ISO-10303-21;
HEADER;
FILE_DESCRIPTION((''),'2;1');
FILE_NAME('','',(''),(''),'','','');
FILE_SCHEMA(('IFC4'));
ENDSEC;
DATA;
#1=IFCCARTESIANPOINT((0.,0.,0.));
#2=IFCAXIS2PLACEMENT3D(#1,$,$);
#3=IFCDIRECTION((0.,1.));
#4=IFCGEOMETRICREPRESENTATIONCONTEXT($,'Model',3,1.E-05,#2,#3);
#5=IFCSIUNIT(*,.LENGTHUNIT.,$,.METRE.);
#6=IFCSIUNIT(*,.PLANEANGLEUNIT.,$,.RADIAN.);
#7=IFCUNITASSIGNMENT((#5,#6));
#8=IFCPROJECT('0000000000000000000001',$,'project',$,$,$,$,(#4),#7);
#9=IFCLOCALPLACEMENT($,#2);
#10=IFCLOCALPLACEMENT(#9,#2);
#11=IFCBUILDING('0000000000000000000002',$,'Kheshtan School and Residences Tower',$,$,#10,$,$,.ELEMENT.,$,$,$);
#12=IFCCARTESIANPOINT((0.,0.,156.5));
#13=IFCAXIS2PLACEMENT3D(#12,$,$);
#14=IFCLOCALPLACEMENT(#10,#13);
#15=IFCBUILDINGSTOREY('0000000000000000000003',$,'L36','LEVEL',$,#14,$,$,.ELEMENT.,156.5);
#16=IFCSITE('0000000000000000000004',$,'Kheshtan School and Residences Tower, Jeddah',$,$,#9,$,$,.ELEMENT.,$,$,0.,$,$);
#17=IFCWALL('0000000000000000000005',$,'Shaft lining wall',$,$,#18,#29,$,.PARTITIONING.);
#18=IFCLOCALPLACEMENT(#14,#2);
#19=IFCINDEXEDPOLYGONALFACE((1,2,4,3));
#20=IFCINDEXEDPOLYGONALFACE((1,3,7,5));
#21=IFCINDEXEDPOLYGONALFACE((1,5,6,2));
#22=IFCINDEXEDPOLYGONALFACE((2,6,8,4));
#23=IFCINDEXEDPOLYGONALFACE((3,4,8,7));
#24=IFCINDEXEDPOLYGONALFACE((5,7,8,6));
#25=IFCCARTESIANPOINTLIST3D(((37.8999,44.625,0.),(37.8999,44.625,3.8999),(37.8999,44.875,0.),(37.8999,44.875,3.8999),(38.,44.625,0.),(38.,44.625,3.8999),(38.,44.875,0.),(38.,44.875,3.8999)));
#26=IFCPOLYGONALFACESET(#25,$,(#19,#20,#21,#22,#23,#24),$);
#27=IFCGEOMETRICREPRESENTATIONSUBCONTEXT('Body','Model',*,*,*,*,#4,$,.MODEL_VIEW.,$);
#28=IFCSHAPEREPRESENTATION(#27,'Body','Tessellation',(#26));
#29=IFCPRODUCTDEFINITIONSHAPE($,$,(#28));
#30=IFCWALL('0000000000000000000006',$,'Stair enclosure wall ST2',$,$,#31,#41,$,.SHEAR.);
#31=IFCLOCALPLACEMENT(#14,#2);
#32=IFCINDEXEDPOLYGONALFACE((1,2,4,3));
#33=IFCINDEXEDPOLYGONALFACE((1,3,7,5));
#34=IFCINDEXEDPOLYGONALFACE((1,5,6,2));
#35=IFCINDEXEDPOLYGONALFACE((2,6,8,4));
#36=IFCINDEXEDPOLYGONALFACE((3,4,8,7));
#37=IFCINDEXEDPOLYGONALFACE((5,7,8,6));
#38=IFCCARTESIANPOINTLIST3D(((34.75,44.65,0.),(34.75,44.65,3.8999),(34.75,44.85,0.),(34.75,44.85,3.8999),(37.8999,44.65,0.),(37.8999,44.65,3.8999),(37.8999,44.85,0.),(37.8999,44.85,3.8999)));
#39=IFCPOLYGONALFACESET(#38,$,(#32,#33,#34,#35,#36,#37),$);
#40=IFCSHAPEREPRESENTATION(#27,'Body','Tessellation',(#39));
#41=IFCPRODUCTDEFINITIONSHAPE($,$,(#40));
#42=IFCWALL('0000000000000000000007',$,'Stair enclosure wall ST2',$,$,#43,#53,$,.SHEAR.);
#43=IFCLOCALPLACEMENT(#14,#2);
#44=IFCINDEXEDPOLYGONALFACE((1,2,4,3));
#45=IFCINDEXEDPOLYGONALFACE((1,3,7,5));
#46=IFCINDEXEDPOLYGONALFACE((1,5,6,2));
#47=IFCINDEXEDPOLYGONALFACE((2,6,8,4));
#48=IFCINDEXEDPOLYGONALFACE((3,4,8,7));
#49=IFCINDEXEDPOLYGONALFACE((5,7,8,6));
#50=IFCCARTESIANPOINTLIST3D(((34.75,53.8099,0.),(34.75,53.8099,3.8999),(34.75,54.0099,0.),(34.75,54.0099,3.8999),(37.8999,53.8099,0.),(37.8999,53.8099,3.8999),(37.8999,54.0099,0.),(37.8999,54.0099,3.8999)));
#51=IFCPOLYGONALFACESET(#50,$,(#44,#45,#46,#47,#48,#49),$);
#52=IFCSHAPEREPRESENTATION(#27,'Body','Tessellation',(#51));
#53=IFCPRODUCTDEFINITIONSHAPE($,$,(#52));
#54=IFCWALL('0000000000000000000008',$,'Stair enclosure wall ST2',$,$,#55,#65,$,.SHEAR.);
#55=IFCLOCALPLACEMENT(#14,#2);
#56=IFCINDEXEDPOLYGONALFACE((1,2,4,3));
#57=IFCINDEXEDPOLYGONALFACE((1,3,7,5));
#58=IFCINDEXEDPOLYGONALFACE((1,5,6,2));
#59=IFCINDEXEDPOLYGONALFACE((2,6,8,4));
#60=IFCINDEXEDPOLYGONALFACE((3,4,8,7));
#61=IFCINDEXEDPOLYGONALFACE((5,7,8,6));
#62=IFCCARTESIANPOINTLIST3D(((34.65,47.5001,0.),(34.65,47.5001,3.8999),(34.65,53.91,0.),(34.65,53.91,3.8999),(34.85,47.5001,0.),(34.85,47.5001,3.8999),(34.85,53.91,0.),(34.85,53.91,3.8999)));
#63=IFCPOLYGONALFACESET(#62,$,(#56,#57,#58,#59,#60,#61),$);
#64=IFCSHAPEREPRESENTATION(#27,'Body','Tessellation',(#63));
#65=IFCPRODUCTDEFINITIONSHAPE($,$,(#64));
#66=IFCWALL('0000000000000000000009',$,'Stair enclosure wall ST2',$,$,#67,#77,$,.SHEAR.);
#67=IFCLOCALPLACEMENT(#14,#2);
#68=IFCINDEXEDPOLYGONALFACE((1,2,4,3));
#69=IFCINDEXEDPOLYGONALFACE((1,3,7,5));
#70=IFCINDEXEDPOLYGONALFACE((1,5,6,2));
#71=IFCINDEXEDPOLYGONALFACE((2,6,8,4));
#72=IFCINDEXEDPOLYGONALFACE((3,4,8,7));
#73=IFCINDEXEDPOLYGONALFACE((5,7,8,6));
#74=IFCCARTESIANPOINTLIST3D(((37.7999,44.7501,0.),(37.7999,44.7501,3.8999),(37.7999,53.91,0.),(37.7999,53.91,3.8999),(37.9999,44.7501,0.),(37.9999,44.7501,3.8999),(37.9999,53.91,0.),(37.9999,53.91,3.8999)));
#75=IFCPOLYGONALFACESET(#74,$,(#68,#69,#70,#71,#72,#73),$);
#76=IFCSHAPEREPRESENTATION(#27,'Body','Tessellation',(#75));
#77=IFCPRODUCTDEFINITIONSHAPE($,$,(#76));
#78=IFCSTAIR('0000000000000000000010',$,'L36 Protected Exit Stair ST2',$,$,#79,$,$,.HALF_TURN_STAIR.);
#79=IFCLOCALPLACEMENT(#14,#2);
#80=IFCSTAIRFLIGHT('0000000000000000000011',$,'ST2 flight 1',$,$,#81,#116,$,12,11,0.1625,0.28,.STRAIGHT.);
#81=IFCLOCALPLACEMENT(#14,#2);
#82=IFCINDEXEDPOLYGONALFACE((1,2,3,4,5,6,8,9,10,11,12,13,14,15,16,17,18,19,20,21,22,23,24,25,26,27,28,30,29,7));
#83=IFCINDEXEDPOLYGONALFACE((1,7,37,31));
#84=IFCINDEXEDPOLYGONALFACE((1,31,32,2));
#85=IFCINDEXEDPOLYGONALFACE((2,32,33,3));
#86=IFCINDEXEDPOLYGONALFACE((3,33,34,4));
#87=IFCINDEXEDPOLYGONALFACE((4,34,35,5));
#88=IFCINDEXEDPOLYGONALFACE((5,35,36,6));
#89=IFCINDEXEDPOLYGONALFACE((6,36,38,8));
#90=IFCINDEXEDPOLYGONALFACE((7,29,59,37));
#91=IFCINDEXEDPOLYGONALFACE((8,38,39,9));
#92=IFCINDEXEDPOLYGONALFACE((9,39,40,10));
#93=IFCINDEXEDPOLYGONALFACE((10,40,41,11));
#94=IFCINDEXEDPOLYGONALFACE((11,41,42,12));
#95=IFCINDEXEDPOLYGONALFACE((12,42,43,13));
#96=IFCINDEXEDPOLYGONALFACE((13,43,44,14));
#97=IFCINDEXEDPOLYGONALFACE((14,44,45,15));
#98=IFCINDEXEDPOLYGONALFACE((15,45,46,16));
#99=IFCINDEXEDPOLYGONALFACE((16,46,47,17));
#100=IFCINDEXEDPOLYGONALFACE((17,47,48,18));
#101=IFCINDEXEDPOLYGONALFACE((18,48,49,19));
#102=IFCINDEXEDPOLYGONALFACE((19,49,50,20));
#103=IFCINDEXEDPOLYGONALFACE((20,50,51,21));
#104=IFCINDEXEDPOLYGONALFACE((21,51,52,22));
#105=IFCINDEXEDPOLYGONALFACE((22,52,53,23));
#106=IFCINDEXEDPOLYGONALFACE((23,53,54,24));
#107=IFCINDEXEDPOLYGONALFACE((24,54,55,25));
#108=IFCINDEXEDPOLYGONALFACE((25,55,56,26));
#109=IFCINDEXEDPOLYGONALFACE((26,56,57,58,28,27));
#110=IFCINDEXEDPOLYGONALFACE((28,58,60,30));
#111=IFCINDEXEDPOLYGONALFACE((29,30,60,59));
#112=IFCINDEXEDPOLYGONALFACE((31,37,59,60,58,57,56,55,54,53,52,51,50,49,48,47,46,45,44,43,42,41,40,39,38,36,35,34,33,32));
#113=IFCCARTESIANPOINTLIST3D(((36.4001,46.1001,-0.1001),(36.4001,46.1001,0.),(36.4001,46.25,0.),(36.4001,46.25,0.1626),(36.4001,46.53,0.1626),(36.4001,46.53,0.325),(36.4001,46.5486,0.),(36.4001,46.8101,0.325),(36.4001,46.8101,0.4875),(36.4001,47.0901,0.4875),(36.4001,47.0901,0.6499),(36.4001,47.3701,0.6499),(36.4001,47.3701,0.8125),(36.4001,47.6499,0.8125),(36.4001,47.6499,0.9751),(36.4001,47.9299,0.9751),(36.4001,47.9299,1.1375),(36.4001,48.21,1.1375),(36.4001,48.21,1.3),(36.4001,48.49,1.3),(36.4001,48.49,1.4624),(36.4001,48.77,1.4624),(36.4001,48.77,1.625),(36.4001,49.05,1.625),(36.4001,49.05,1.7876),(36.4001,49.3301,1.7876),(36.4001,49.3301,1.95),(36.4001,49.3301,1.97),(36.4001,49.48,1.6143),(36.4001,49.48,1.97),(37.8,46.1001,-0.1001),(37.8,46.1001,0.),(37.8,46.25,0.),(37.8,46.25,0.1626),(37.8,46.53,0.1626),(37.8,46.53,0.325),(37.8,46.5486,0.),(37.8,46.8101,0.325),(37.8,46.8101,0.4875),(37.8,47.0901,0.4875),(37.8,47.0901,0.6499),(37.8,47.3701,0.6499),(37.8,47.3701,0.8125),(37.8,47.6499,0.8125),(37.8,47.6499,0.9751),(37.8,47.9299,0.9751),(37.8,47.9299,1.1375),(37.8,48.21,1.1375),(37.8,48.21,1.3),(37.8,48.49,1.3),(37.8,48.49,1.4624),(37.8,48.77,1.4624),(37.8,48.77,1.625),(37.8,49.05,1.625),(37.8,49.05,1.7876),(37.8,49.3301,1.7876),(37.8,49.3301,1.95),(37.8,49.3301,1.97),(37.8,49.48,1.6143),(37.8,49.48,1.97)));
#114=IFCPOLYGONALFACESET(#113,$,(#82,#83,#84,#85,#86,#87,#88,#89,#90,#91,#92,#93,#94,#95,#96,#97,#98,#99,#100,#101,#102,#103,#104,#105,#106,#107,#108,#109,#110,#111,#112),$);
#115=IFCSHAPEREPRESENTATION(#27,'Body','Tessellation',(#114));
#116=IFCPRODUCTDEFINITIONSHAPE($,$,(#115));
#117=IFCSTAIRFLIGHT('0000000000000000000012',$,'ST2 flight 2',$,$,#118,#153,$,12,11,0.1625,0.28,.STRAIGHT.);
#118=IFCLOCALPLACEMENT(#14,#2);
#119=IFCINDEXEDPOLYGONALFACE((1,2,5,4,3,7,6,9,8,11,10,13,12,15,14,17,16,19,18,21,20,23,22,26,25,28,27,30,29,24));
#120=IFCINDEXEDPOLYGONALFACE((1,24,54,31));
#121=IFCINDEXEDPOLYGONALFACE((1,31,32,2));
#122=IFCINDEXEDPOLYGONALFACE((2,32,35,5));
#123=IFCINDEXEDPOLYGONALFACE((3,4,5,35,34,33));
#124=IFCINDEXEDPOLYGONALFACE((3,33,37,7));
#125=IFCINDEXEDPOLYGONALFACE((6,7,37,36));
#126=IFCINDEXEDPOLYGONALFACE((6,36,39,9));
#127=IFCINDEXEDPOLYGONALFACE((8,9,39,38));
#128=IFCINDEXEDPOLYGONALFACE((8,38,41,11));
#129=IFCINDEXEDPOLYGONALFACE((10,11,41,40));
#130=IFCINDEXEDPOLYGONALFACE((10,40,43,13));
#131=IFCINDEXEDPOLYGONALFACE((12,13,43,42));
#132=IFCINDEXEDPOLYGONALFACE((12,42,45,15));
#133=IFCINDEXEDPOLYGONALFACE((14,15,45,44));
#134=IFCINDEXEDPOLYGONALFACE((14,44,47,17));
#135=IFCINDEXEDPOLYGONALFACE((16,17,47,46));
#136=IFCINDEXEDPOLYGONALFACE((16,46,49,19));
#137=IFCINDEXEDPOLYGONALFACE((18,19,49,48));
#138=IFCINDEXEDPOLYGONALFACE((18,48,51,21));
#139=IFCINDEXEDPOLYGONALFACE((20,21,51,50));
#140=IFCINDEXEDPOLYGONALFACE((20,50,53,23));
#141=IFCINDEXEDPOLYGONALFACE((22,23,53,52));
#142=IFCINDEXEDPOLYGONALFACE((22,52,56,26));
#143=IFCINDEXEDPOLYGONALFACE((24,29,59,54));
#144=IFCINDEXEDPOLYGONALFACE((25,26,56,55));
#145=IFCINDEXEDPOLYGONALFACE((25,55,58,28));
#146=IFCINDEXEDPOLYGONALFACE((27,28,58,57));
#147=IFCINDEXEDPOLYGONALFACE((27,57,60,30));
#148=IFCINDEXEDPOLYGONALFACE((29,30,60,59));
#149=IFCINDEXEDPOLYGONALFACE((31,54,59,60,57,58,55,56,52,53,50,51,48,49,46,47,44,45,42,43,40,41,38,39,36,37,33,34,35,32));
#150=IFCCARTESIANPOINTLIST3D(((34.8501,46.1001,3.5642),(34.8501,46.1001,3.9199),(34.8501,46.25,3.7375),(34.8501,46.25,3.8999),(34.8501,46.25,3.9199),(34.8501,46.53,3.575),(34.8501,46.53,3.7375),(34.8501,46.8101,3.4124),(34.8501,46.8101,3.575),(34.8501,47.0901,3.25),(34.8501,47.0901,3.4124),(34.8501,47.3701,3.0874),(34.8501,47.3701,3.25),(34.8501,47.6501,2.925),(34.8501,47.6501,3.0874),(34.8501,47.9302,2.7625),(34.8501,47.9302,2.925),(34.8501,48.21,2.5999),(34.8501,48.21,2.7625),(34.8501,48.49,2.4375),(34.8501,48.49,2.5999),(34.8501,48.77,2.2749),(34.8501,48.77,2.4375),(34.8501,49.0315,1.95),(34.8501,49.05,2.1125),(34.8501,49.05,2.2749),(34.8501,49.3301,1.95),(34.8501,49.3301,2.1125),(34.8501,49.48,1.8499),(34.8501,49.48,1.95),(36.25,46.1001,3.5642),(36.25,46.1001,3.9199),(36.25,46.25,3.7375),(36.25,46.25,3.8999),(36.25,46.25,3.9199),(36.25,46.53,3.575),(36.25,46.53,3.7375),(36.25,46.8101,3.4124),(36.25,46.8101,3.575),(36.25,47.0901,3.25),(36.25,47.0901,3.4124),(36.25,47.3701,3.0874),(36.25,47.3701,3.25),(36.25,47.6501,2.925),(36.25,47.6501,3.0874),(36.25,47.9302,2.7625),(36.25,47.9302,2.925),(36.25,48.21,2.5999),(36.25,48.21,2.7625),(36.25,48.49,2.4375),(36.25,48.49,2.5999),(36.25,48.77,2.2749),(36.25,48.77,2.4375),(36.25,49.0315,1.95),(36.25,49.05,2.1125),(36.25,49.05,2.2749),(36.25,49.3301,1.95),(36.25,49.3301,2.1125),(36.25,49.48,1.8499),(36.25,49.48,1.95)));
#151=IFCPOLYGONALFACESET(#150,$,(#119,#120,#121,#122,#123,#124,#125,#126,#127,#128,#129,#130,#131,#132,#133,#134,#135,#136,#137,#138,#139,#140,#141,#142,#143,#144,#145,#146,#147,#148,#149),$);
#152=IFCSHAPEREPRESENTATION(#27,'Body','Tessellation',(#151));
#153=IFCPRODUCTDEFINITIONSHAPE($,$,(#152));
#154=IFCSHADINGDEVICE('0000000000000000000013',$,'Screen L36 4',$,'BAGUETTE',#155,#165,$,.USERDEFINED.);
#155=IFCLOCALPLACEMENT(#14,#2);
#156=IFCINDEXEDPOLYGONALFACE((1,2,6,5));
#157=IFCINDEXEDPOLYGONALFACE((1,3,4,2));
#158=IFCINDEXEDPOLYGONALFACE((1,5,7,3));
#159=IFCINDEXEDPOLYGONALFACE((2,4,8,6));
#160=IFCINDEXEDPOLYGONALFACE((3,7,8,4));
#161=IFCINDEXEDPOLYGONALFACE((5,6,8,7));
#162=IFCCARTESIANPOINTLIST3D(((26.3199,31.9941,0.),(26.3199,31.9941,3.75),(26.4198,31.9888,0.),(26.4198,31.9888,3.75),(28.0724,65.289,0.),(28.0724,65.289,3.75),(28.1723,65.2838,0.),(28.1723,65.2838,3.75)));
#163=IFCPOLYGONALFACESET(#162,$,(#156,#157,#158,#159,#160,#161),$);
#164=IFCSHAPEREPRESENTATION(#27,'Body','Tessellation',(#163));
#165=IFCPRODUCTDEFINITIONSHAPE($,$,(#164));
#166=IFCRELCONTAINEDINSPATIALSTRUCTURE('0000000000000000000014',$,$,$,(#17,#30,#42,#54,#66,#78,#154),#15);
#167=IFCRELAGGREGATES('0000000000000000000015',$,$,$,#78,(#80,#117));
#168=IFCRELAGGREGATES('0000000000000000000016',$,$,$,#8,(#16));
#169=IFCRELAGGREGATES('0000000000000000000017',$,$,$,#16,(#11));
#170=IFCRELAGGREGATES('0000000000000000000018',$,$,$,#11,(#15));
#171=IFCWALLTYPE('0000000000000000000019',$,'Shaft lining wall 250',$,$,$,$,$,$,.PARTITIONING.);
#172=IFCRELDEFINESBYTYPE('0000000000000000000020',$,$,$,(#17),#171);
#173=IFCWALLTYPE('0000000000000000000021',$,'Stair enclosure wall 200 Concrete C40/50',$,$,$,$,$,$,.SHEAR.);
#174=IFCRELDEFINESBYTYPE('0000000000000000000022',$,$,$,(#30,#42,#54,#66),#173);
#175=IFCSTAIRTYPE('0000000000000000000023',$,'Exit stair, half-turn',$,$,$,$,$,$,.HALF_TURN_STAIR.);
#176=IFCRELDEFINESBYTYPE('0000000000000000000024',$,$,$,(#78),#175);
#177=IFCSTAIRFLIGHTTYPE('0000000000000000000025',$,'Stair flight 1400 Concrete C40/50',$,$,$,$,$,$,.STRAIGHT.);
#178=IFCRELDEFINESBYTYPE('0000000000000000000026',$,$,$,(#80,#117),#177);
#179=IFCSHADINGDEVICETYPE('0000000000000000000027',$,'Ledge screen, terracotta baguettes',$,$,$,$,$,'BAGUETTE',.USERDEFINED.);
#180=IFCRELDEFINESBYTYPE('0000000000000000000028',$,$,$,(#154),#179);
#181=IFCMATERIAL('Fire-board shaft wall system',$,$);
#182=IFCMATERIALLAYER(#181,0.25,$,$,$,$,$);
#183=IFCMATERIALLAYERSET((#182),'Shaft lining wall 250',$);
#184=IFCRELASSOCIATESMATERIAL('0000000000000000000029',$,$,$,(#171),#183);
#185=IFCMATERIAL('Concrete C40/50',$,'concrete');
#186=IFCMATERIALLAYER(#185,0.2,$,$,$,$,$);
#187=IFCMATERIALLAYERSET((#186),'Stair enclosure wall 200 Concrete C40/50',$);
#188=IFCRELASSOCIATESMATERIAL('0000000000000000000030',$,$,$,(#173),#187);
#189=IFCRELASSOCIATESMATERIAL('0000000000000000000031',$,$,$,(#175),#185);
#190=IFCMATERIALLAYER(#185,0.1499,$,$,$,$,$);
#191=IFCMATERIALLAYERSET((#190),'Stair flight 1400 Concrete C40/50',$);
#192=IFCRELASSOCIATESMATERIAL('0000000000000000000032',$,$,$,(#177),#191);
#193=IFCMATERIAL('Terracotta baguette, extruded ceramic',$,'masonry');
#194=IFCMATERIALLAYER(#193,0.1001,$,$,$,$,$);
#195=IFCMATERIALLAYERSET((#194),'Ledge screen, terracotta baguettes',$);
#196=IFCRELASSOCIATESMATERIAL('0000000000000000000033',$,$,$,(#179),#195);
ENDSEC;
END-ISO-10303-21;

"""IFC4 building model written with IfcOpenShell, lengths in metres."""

from ifc_helpers import new_model, si_unit, direction, frame, frame_2d, origin, origin_2d, place, context, subcontext, project, spatial, polyline, rectangle, outline, extrude, material, layer, layer_set, type_object, element, aggregate, save


model = new_model("IFC4")

# Units and contexts
model_context = context("Model", 3, precision=1e-05, world=origin(), true_north=direction((0.0, 1.0)))
body_context = subcontext(model_context, "Body", "Model", "MODEL_VIEW")
ifc_project = project(units=[si_unit("LENGTHUNIT", "METRE"), si_unit("PLANEANGLEUNIT", "RADIAN")], contexts=[model_context])

# Site, building, storey
site_placement = place(None, origin())
site = spatial("IfcSite", under=ifc_project, at=site_placement, Name="Kheshtan School and Residences Tower, Jeddah", CompositionType="ELEMENT", RefElevation=0.0)
building_placement = place(site_placement, origin())
building = spatial("IfcBuilding", under=site, at=building_placement, Name="Kheshtan School and Residences Tower", CompositionType="ELEMENT")
storey_placement = place(building_placement, frame((0.0, 0.0, 156.5)))
storey = spatial("IfcBuildingStorey", under=building, at=storey_placement, Name="L36", Description="LEVEL", CompositionType="ELEMENT", Elevation=156.5)

# Shared definitions
ifc_material_1 = material(Name="Fire-board shaft wall system")

# Walls
ifc_layer_1 = layer(ifc_material_1, 0.25)
ifc_layer_set_1 = layer_set([ifc_layer_1], Name="Shaft lining wall 250")
wall_type_1 = type_object("IfcWallType", Name="Shaft lining wall 250", PredefinedType="PARTITIONING", material=ifc_layer_set_1)
wall_1_placement = place(storey_placement, frame((37.8999, 44.75, 0.0), z_axis=(0.0, 0.0, 1.0), x_axis=(1.0, 0.0, 0.0)))
element("IfcWall", 1, at=wall_1_placement, inside=storey, type_object=wall_type_1, Name="Shaft lining wall", PredefinedType="PARTITIONING", context=body_context, shape_type="SweptSolid", body=[
    extrude(rectangle(XDim=0.1001, YDim=0.25, at=frame_2d((0.05, 0.0))), origin(), (0.0, 0.0, 1.0), 3.8999),
])
ifc_material_2 = material(Name="Concrete C40/50", Category="concrete")
ifc_layer_2 = layer(ifc_material_2, 0.2)
ifc_layer_set_2 = layer_set([ifc_layer_2], Name="Stair enclosure wall 200 Concrete C40/50")
wall_type_2 = type_object("IfcWallType", Name="Stair enclosure wall 200 Concrete C40/50", PredefinedType="SHEAR", material=ifc_layer_set_2)
for number, where, z_axis, x_axis, name in (
    (2, (34.75, 44.75, 0.0), (0.0, 0.0, 1.0), (1.0, 0.0, 0.0), "Stair enclosure wall ST2"),
    (3, (34.75, 53.9099, 0.0), (0.0, 0.0, 1.0), (1.0, 0.0, 0.0), "Stair enclosure wall ST2"),
):
    element("IfcWall", number, at=place(storey_placement, frame(where, z_axis=z_axis, x_axis=x_axis)), inside=storey, type_object=wall_type_2, Name=name, PredefinedType="SHEAR", context=body_context, shape_type="SweptSolid", body=[
        extrude(rectangle(XDim=3.1499, YDim=0.2, at=frame_2d((1.575, 0.0))), origin(), (0.0, 0.0, 1.0), 3.8999),
    ])
wall_2_placement = place(storey_placement, frame((34.75, 47.5, 0.0), z_axis=(0.0, 0.0, 1.0), x_axis=(0.0, 1.0, 0.0)))
element("IfcWall", 4, at=wall_2_placement, inside=storey, type_object=wall_type_2, Name="Stair enclosure wall ST2", PredefinedType="SHEAR", context=body_context, shape_type="SweptSolid", body=[
    extrude(rectangle(XDim=6.4099, YDim=0.2, at=frame_2d((3.2051, 0.0))), origin(), (0.0, 0.0, 1.0), 3.8999),
])
wall_3_placement = place(storey_placement, frame((37.8999, 44.75, 0.0), z_axis=(0.0, 0.0, 1.0), x_axis=(0.0, 1.0, 0.0)))
element("IfcWall", 5, at=wall_3_placement, inside=storey, type_object=wall_type_2, Name="Stair enclosure wall ST2", PredefinedType="SHEAR", context=body_context, shape_type="SweptSolid", body=[
    extrude(rectangle(XDim=9.1599, YDim=0.2, at=frame_2d((4.5801, 0.0))), origin(), (0.0, 0.0, 1.0), 3.8999),
])

# Stair, stair flights
stair_type = type_object("IfcStairType", Name="Exit stair, half-turn", PredefinedType="HALF_TURN_STAIR", material=ifc_material_2)
stair_placement = place(storey_placement, origin())
stair = element("IfcStair", 6, at=stair_placement, inside=storey, type_object=stair_type, Name="L36 Protected Exit Stair ST2", PredefinedType="HALF_TURN_STAIR")
ifc_layer_3 = layer(ifc_material_2, 0.1499)
ifc_layer_set_3 = layer_set([ifc_layer_3], Name="Stair flight 1400 Concrete C40/50")
stair_flight_type = type_object("IfcStairFlightType", Name="Stair flight 1400 Concrete C40/50", PredefinedType="STRAIGHT", material=ifc_layer_set_3)
stair_flight_1_placement = place(storey_placement, frame((37.1001, 46.25, 0.0), z_axis=(0.0, 0.0, 1.0), x_axis=(0.0, 1.0, 0.0)))
stair_flight_1 = element("IfcStairFlight", 7, at=stair_flight_1_placement, type_object=stair_flight_type, Name="ST2 flight 1", NumberOfRisers=12, NumberOfTreads=11, PredefinedType="STRAIGHT", RiserHeight=0.1625, TreadLength=0.28, context=body_context, shape_type="SweptSolid", body=[
    extrude(outline(polyline([(-0.1499, -0.1001), (-0.1499, 0.0), (0.0, 0.0), (0.0, 0.1626), (0.28, 0.1626), (0.28, 0.325), (0.5601, 0.325), (0.5601, 0.4875), (0.8401, 0.4875), (0.8401, 0.6499), (1.1201, 0.6499), (1.1201, 0.8125), (1.3999, 0.8125), (1.3999, 0.9751), (1.6799, 0.9751), (1.6799, 1.1375), (1.96, 1.1375), (1.96, 1.3), (2.24, 1.3), (2.24, 1.4624), (2.52, 1.4624), (2.52, 1.625), (2.8, 1.625), (2.8, 1.7876), (3.0801, 1.7876), (3.0801, 1.95), (3.0801, 1.97), (3.23, 1.97), (3.23, 1.6143), (0.2986, 0.0), (-0.1499, -0.1001)])), frame((0.0, 0.7, 0.0), z_axis=(0.0, -1.0, 0.0), x_axis=(1.0, 0.0, 0.0)), (0.0, 0.0, 1.0), 1.3999),
])
stair_flight_2_placement = place(storey_placement, frame((35.55, 49.3301, 1.95), z_axis=(0.0, 0.0, 1.0), x_axis=(0.0, -1.0, 0.0)))
stair_flight_2 = element("IfcStairFlight", 8, at=stair_flight_2_placement, type_object=stair_flight_type, Name="ST2 flight 2", NumberOfRisers=12, NumberOfTreads=11, PredefinedType="STRAIGHT", RiserHeight=0.1625, TreadLength=0.28, context=body_context, shape_type="SweptSolid", body=[
    extrude(outline(polyline([(-0.1499, -0.1001), (-0.1499, 0.0), (0.0, 0.0), (0.0, 0.1626), (0.28, 0.1626), (0.28, 0.325), (0.5601, 0.325), (0.5601, 0.4875), (0.8401, 0.4875), (0.8401, 0.6499), (1.1201, 0.6499), (1.1201, 0.8125), (1.3999, 0.8125), (1.3999, 0.9751), (1.6799, 0.9751), (1.6799, 1.1375), (1.96, 1.1375), (1.96, 1.3), (2.24, 1.3), (2.24, 1.4624), (2.52, 1.4624), (2.52, 1.625), (2.8, 1.625), (2.8, 1.7876), (3.0801, 1.7876), (3.0801, 1.95), (3.0801, 1.97), (3.23, 1.97), (3.23, 1.6143), (0.2986, 0.0), (-0.1499, -0.1001)])), frame((0.0, 0.7, 0.0), z_axis=(0.0, -1.0, 0.0), x_axis=(1.0, 0.0, 0.0)), (0.0, 0.0, 1.0), 1.3999),
])
aggregate(stair, [stair_flight_1, stair_flight_2])

# Shading device
ifc_material_3 = material(Name="Terracotta baguette, extruded ceramic", Category="masonry")
ifc_layer_4 = layer(ifc_material_3, 0.1001)
ifc_layer_set_4 = layer_set([ifc_layer_4], Name="Ledge screen, terracotta baguettes")
shading_device_type = type_object("IfcShadingDeviceType", Name="Ledge screen, terracotta baguettes", ElementType="BAGUETTE", PredefinedType="USERDEFINED", material=ifc_layer_set_4)
shading_device_placement = place(storey_placement, frame((27.2461, 48.6389, 0.0), z_axis=(0.0, 0.0, 1.0), x_axis=(0.052563, 0.998618, 0.0)))
element("IfcShadingDevice", 9, at=shading_device_placement, inside=storey, type_object=shading_device_type, Name="Screen L36 4", ObjectType="BAGUETTE", PredefinedType="USERDEFINED", context=body_context, shape_type="SweptSolid", body=[
    extrude(rectangle(XDim=33.3411, YDim=0.1001, at=origin_2d()), origin(), (0.0, 0.0, 1.0), 3.75),
])

save(model, "model.ifc")
